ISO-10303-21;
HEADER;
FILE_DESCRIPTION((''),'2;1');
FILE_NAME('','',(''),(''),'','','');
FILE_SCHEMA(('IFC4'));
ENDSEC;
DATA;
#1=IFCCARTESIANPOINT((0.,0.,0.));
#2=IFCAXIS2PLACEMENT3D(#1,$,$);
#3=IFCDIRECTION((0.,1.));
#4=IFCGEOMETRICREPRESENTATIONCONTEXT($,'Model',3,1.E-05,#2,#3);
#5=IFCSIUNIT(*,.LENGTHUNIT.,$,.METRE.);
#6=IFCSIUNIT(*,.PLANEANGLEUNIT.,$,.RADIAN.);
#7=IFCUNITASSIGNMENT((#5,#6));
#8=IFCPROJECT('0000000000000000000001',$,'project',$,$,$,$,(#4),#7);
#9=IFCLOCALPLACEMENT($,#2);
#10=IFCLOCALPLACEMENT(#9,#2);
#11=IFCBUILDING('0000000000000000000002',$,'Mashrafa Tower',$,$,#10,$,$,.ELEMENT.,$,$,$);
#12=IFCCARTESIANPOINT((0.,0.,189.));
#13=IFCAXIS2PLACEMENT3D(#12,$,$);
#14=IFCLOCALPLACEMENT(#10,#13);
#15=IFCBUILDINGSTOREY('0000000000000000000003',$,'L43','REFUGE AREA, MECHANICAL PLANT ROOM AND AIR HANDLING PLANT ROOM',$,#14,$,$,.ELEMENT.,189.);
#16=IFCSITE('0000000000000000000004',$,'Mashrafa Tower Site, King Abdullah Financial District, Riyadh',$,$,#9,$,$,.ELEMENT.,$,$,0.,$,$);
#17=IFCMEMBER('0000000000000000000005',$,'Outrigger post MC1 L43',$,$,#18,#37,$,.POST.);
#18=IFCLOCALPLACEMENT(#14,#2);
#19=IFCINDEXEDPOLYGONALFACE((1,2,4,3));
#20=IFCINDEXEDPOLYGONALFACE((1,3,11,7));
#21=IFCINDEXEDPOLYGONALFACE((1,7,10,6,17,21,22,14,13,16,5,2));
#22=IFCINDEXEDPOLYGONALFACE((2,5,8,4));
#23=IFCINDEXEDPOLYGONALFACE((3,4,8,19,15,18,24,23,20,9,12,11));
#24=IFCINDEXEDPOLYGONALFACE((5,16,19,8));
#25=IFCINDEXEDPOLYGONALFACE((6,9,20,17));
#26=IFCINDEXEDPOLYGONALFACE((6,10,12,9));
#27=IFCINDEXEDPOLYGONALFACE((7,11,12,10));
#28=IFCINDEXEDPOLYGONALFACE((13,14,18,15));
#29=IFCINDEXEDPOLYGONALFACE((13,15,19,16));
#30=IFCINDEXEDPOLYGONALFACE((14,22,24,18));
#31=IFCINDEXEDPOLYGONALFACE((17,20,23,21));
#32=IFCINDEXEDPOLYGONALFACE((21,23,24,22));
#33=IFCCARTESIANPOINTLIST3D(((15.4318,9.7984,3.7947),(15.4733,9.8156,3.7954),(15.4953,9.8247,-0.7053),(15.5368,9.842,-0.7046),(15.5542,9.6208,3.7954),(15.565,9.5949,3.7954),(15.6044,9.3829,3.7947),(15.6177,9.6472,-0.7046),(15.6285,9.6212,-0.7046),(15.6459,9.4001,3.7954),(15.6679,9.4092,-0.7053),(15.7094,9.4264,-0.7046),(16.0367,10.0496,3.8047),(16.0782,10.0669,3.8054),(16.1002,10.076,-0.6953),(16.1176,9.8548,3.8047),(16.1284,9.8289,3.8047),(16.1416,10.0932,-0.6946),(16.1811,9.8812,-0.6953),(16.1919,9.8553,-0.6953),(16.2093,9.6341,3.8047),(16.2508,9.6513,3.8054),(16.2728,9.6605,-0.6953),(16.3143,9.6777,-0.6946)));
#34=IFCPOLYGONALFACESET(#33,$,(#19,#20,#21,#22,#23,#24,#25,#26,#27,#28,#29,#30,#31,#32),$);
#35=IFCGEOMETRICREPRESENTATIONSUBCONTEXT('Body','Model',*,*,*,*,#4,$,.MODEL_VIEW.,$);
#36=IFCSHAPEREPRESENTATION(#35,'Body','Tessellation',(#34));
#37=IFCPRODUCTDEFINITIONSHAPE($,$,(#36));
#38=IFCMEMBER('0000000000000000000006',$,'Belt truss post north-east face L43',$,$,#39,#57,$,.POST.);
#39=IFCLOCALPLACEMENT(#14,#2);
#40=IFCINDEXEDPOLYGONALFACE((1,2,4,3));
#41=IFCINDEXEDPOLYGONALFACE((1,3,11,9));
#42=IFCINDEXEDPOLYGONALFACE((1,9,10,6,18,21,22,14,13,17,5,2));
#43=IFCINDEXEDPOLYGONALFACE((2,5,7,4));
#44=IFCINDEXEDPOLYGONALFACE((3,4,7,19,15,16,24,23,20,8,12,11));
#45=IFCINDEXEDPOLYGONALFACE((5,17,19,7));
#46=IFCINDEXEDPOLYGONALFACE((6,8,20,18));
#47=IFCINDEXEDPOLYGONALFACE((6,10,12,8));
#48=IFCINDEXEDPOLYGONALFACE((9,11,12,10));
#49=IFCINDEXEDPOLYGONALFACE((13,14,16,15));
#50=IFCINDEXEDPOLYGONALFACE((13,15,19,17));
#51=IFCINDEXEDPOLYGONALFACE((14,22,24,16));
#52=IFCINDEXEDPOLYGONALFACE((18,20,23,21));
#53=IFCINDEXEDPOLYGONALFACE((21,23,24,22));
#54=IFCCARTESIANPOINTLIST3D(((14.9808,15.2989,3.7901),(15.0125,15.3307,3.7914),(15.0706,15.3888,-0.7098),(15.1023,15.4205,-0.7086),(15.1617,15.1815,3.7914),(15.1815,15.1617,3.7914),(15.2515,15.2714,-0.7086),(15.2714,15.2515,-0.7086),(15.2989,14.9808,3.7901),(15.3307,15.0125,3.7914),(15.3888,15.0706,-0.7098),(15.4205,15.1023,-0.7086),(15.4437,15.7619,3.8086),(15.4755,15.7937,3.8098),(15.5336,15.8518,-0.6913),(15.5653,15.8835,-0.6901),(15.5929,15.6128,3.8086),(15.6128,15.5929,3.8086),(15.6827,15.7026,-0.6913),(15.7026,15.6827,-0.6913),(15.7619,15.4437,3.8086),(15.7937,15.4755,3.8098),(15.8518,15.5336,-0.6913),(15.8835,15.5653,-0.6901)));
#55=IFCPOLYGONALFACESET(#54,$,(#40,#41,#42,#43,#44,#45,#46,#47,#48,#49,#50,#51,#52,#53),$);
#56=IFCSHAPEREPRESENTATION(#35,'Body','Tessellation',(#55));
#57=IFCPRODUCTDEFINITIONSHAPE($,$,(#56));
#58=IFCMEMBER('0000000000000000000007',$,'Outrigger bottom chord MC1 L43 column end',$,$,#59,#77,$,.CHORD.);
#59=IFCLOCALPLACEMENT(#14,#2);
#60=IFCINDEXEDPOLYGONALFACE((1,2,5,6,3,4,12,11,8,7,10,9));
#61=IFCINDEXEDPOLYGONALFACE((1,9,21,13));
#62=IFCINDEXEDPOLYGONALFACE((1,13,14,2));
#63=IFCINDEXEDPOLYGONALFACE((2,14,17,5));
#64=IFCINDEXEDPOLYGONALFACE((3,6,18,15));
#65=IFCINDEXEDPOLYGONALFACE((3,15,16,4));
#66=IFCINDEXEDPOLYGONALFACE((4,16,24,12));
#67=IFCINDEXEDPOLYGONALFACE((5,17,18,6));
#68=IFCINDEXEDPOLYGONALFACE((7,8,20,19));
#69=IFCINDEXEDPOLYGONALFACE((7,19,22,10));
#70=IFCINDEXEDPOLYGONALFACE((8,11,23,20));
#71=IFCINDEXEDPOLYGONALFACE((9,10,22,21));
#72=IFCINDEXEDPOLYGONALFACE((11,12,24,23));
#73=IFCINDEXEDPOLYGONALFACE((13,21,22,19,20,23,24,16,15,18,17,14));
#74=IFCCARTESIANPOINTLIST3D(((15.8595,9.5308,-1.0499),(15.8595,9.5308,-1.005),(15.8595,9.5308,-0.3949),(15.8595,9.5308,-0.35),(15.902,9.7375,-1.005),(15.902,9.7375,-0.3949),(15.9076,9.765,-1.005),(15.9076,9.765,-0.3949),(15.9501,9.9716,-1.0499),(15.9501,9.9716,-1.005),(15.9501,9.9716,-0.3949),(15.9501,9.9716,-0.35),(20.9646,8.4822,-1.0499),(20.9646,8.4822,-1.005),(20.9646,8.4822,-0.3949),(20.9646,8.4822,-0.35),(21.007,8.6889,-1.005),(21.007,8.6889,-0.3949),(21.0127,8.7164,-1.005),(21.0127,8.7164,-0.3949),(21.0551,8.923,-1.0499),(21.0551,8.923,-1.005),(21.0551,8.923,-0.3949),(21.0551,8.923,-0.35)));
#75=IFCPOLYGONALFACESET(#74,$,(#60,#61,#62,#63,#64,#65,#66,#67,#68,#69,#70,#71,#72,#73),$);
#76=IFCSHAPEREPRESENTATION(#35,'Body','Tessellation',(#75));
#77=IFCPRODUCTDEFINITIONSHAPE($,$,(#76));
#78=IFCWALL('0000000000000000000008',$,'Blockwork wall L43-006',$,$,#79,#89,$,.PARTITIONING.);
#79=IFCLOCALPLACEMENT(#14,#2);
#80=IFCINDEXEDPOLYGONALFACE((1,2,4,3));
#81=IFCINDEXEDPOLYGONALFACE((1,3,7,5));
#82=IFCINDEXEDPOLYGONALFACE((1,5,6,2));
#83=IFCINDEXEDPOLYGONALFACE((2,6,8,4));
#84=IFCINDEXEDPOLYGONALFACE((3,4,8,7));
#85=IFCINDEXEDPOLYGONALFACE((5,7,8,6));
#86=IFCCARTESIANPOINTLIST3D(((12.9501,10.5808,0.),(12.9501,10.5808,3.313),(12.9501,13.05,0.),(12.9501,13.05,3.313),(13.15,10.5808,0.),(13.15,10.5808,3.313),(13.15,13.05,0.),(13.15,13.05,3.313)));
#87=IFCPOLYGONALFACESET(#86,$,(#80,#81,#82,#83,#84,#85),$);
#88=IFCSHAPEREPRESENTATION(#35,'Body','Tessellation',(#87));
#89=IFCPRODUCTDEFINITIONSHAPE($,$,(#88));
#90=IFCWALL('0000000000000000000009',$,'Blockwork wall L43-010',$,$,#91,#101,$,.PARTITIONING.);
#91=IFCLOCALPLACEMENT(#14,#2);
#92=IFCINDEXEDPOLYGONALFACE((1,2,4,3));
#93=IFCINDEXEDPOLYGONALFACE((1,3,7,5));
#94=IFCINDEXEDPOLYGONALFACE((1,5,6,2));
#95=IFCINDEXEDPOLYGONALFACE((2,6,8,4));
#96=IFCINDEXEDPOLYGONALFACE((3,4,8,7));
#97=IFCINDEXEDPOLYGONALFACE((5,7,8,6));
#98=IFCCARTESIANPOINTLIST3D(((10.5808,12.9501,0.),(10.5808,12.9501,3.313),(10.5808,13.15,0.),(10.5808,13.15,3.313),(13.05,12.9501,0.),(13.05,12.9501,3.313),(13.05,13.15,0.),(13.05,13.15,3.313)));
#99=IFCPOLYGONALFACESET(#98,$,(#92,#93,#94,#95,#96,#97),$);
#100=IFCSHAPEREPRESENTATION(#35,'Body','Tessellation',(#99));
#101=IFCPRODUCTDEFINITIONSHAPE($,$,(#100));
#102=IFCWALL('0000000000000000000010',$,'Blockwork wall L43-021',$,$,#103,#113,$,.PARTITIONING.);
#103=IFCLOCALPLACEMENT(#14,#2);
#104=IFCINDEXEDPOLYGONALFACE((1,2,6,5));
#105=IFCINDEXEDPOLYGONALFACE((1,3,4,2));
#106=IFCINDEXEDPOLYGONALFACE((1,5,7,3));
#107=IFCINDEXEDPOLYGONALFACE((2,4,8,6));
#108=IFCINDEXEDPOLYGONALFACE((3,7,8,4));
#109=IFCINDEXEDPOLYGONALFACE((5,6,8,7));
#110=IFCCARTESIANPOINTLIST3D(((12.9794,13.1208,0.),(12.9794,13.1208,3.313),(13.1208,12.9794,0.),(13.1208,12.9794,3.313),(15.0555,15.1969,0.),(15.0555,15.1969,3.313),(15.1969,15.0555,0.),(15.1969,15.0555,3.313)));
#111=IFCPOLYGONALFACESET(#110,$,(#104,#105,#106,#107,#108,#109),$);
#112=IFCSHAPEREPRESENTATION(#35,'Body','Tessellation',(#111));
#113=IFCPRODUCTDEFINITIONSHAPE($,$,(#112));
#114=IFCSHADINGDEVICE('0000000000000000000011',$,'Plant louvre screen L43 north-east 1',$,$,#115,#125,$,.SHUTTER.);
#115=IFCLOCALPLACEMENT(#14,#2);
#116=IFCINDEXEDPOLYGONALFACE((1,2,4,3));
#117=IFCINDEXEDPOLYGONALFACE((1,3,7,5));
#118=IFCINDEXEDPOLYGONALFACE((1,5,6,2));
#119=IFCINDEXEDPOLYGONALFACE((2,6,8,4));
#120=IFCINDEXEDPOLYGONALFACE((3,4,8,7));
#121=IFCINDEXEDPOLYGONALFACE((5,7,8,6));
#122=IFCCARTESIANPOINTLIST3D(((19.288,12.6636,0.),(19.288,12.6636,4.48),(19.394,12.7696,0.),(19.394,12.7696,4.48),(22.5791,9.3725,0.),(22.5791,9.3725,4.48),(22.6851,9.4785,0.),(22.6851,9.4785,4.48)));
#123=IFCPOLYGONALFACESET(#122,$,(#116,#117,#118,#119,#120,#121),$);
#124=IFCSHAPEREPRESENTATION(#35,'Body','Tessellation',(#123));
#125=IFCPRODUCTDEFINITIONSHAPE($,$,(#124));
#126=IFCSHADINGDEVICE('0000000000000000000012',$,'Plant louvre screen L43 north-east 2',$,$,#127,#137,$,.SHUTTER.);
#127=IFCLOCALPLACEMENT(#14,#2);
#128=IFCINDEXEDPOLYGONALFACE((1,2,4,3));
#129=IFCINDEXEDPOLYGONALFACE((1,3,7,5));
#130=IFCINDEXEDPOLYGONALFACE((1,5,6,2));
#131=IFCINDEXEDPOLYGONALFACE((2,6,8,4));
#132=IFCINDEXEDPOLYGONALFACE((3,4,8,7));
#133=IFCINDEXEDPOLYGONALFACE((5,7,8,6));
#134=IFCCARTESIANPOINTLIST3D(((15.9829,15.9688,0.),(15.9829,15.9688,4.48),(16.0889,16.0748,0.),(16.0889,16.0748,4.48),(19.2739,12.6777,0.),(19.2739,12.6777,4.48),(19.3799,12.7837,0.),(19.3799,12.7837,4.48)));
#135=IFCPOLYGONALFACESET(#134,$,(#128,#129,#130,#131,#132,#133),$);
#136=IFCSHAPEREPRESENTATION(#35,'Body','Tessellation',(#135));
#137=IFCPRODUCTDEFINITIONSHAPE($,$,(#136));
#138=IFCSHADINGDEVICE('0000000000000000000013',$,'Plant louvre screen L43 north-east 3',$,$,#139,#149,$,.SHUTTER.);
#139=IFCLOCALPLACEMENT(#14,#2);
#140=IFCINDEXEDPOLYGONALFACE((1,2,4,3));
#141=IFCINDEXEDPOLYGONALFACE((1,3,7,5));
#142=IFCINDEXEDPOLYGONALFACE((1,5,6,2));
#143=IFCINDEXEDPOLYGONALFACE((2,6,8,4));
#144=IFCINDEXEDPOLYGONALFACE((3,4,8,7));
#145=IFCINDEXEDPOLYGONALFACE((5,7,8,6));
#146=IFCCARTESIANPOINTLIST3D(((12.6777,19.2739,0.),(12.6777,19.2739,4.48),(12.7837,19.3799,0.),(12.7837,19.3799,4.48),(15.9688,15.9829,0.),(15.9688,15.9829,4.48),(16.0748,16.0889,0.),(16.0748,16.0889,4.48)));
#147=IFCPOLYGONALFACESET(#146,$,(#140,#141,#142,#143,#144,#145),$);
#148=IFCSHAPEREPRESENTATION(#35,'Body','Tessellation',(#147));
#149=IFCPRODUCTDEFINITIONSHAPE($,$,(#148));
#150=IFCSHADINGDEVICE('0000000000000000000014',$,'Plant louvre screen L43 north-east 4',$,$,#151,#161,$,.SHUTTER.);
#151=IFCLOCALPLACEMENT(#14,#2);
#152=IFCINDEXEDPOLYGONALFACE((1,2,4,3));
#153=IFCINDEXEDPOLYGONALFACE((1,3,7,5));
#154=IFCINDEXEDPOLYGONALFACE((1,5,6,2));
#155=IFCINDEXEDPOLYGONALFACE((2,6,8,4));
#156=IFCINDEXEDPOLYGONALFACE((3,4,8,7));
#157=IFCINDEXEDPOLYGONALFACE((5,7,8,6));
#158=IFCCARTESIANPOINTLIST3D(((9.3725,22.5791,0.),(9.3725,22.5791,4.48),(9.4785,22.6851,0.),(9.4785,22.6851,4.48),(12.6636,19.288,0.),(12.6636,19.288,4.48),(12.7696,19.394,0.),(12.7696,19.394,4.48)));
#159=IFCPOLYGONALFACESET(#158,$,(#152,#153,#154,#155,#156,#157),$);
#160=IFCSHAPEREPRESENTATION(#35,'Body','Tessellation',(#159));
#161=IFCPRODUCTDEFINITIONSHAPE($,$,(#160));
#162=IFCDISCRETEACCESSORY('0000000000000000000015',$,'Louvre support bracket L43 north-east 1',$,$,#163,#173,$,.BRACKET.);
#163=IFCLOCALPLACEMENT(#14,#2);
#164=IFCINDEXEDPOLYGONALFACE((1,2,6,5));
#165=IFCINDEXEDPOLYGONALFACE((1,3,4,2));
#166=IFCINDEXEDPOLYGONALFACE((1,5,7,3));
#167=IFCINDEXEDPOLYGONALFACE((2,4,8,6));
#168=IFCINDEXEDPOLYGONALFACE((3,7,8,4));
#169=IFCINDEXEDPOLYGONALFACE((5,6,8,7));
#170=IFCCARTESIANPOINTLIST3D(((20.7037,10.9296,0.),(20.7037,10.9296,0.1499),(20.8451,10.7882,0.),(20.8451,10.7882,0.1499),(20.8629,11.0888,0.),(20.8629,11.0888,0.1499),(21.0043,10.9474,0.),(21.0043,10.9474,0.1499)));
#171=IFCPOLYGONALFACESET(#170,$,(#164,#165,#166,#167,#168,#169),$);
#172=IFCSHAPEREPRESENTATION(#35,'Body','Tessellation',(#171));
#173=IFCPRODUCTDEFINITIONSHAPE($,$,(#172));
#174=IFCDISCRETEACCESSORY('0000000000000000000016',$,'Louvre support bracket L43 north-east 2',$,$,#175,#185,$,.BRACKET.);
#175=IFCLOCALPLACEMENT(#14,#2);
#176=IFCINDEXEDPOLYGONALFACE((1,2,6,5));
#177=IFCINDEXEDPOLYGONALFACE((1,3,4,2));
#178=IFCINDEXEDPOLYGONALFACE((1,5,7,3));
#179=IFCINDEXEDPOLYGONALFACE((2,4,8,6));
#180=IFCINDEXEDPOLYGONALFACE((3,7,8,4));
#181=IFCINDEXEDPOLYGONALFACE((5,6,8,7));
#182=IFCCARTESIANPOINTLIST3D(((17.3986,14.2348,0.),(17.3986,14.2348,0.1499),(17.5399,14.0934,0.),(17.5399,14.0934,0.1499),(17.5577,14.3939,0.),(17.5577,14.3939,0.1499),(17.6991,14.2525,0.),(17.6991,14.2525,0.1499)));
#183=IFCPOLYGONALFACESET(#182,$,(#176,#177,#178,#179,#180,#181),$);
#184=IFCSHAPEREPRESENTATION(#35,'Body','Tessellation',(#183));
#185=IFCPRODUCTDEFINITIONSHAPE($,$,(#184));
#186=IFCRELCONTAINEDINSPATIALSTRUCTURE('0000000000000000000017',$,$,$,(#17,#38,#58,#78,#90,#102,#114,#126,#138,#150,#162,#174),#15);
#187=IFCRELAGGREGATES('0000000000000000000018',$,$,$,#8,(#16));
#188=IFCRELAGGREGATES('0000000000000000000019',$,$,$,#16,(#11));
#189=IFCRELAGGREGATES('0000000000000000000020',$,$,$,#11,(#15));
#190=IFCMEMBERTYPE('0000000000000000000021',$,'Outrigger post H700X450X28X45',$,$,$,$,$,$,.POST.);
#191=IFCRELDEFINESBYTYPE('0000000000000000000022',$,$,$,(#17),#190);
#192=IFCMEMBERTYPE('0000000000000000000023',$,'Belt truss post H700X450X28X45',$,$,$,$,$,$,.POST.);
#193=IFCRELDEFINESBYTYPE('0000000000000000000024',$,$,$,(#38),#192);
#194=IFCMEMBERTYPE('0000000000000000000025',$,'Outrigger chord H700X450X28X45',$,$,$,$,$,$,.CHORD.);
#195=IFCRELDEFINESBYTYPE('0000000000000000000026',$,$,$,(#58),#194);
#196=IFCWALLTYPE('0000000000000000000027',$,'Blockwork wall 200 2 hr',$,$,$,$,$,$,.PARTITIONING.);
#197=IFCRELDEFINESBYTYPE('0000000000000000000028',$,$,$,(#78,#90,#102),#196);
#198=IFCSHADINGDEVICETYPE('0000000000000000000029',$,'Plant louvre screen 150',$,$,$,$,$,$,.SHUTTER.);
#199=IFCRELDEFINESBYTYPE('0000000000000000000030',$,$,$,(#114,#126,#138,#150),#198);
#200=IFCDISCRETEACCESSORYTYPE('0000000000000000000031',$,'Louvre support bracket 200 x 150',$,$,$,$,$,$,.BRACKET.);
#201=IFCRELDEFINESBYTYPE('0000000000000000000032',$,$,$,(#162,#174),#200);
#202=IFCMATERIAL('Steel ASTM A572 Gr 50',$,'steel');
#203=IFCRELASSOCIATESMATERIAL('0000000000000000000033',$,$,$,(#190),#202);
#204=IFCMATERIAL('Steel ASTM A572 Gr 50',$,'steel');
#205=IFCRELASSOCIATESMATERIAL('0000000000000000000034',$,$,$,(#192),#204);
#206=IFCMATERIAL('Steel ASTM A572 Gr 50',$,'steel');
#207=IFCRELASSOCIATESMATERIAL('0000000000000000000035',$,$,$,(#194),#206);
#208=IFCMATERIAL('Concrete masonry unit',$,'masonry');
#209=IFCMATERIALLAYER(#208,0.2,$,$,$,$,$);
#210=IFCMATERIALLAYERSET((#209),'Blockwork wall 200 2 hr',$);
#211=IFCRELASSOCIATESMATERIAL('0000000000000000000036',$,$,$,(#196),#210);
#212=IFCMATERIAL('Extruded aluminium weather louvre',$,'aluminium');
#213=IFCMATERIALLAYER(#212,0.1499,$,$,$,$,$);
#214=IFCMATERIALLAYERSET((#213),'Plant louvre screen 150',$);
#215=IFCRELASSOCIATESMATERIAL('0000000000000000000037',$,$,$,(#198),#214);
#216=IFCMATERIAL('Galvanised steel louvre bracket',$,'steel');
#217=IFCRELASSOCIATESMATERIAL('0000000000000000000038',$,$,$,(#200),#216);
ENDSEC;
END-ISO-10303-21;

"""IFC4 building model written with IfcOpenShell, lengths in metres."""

from ifc_helpers import new_model, si_unit, direction, frame, frame_2d, origin, origin_2d, place, context, subcontext, project, spatial, rectangle, i_section, extrude, source, transform, mapped, material, layer, layer_set, material_profile, profile_set, type_object, type_shapes, element, save


model = new_model("IFC4")

# Units and contexts
model_context = context("Model", 3, precision=1e-05, world=origin(), true_north=direction((0.0, 1.0)))
body_context = subcontext(model_context, "Body", "Model", "MODEL_VIEW")
ifc_project = project(units=[si_unit("LENGTHUNIT", "METRE"), si_unit("PLANEANGLEUNIT", "RADIAN")], contexts=[model_context])

# Site, building, storey
site_placement = place(None, origin())
site = spatial("IfcSite", under=ifc_project, at=site_placement, Name="Mashrafa Tower Site, King Abdullah Financial District, Riyadh", CompositionType="ELEMENT", RefElevation=0.0)
building_placement = place(site_placement, origin())
building = spatial("IfcBuilding", under=site, at=building_placement, Name="Mashrafa Tower", CompositionType="ELEMENT")
storey_placement = place(building_placement, frame((0.0, 0.0, 189.0)))
storey = spatial("IfcBuildingStorey", under=building, at=storey_placement, Name="L43", Description="REFUGE AREA, MECHANICAL PLANT ROOM AND AIR HANDLING PLANT ROOM", CompositionType="ELEMENT", Elevation=189.0)

# Members
ifc_material_1 = material(Name="Steel ASTM A572 Gr 50", Category="steel")
ifc_material_profile_1 = material_profile(ifc_material_1, i_section(OverallWidth=0.45, OverallDepth=0.7, WebThickness=0.0281, FlangeThickness=0.0449, at=origin_2d()), Name="H700X450X28X45")
ifc_profile_set_1 = profile_set([ifc_material_profile_1], Name="Steel ASTM A572 Gr 50")
member_type_1 = type_object("IfcMemberType", Name="Outrigger post H700X450X28X45", PredefinedType="POST", material=ifc_profile_set_1)
shared_shape_1 = source(origin(), body_context, "Body", "SweptSolid", [
    extrude(i_section(OverallWidth=0.45, OverallDepth=0.7, WebThickness=0.0281, FlangeThickness=0.0449, at=origin_2d()), origin(), (0.0, 0.0, 1.0), 4.5005),
])
type_shapes(member_type_1, [shared_shape_1])
member_1_placement = place(storey_placement, frame((15.9048, 9.7512, -0.7), z_axis=(-0.014104, -0.005859, 0.999883), x_axis=(0.383606, -0.923497, 0.0)))
element("IfcMember", 1, at=member_1_placement, inside=storey, type_object=member_type_1, Name="Outrigger post MC1 L43", PredefinedType="POST", context=body_context, shape_type="MappedRepresentation", body=[
    mapped(shared_shape_1, transform((0.0, 0.0, 0.0))),
])
ifc_material_2 = material(Name="Steel ASTM A572 Gr 50", Category="steel")
ifc_material_profile_2 = material_profile(ifc_material_2, i_section(OverallWidth=0.45, OverallDepth=0.7, WebThickness=0.0281, FlangeThickness=0.0449, at=origin_2d()), Name="H700X450X28X45")
ifc_profile_set_2 = profile_set([ifc_material_profile_2], Name="Steel ASTM A572 Gr 50")
member_type_2 = type_object("IfcMemberType", Name="Belt truss post H700X450X28X45", PredefinedType="POST", material=ifc_profile_set_2)
shared_shape_2 = source(origin(), body_context, "Body", "SweptSolid", [
    extrude(i_section(OverallWidth=0.45, OverallDepth=0.7, WebThickness=0.0281, FlangeThickness=0.0449, at=origin_2d()), origin(), (0.0, 0.0, 1.0), 4.5017),
])
type_shapes(member_type_2, [shared_shape_2])
member_2_placement = place(storey_placement, frame((15.4771, 15.4771, -0.7), z_axis=(-0.019957, -0.019957, 0.999602), x_axis=(0.707107, -0.707107, 0.0)))
element("IfcMember", 2, at=member_2_placement, inside=storey, type_object=member_type_2, Name="Belt truss post north-east face L43", PredefinedType="POST", context=body_context, shape_type="MappedRepresentation", body=[
    mapped(shared_shape_2, transform((0.0, 0.0, 0.0))),
])
ifc_material_3 = material(Name="Steel ASTM A572 Gr 50", Category="steel")
ifc_material_profile_3 = material_profile(ifc_material_3, i_section(OverallWidth=0.45, OverallDepth=0.7, WebThickness=0.0281, FlangeThickness=0.0449, at=origin_2d()), Name="H700X450X28X45")
ifc_profile_set_3 = profile_set([ifc_material_profile_3], Name="Steel ASTM A572 Gr 50")
member_type_3 = type_object("IfcMemberType", Name="Outrigger chord H700X450X28X45", PredefinedType="CHORD", material=ifc_profile_set_3)
shared_shape_3 = source(origin(), body_context, "Body", "SweptSolid", [
    extrude(i_section(OverallWidth=0.45, OverallDepth=0.7, WebThickness=0.0281, FlangeThickness=0.0449, at=origin_2d()), origin(), (0.0, 0.0, 1.0), 5.2117),
])
type_shapes(member_type_3, [shared_shape_3])
member_3_placement = place(storey_placement, frame((15.9048, 9.7512, -0.7), z_axis=(0.979549, -0.201203, 0.0), x_axis=(0.201203, 0.979549, 0.0)))
element("IfcMember", 3, at=member_3_placement, inside=storey, type_object=member_type_3, Name="Outrigger bottom chord MC1 L43 column end", PredefinedType="CHORD", context=body_context, shape_type="MappedRepresentation", body=[
    mapped(shared_shape_3, transform((0.0, 0.0, 0.0))),
])

# Walls
ifc_material_4 = material(Name="Concrete masonry unit", Category="masonry")
ifc_layer_1 = layer(ifc_material_4, 0.2)
ifc_layer_set_1 = layer_set([ifc_layer_1], Name="Blockwork wall 200 2 hr")
wall_type = type_object("IfcWallType", Name="Blockwork wall 200 2 hr", PredefinedType="PARTITIONING", material=ifc_layer_set_1)
for number, where, z_axis, x_axis, name in (
    (4, (13.05, 10.5808, 0.0), (0.0, 0.0, 1.0), (0.0, 1.0, 0.0), "Blockwork wall L43-006"),
    (5, (13.05, 13.05, 0.0), (0.0, 0.0, 1.0), (-1.0, 0.0, 0.0), "Blockwork wall L43-010"),
):
    element("IfcWall", number, at=place(storey_placement, frame(where, z_axis=z_axis, x_axis=x_axis)), inside=storey, type_object=wall_type, Name=name, PredefinedType="PARTITIONING", context=body_context, shape_type="SweptSolid", body=[
        extrude(rectangle(XDim=2.4692, YDim=0.2, at=frame_2d((1.2346, 0.0))), origin(), (0.0, 0.0, 1.0), 3.313),
    ])
wall_placement = place(storey_placement, frame((15.1262, 15.1262, 0.0), z_axis=(0.0, 0.0, 1.0), x_axis=(-0.707107, -0.707107, 0.0)))
element("IfcWall", 6, at=wall_placement, inside=storey, type_object=wall_type, Name="Blockwork wall L43-021", PredefinedType="PARTITIONING", context=body_context, shape_type="SweptSolid", body=[
    extrude(rectangle(XDim=2.936, YDim=0.2, at=frame_2d((1.468, 0.0))), origin(), (0.0, 0.0, 1.0), 3.313),
])

# Shading devices
ifc_material_5 = material(Name="Extruded aluminium weather louvre", Category="aluminium")
ifc_layer_2 = layer(ifc_material_5, 0.1499)
ifc_layer_set_2 = layer_set([ifc_layer_2], Name="Plant louvre screen 150")
shading_device_type = type_object("IfcShadingDeviceType", Name="Plant louvre screen 150", PredefinedType="SHUTTER", material=ifc_layer_set_2)
shared_shape_4 = source(origin(), body_context, "Body", "SweptSolid", [
    extrude(rectangle(XDim=4.6543, YDim=0.1499, at=origin_2d()), origin(), (0.0, 0.0, 1.0), 4.48),
])
type_shapes(shading_device_type, [shared_shape_4])
for number, where, z_axis, x_axis, name in (
    (7, (20.9866, 11.071, 0.0), (0.0, 0.0, 1.0), (-0.707107, 0.707107, 0.0), "Plant louvre screen L43 north-east 1"),
    (8, (17.6814, 14.3762, 0.0), (0.0, 0.0, 1.0), (-0.707107, 0.707107, 0.0), "Plant louvre screen L43 north-east 2"),
    (9, (14.3762, 17.6814, 0.0), (0.0, 0.0, 1.0), (-0.707107, 0.707107, 0.0), "Plant louvre screen L43 north-east 3"),
    (10, (11.071, 20.9866, 0.0), (0.0, 0.0, 1.0), (-0.707107, 0.707107, 0.0), "Plant louvre screen L43 north-east 4"),
):
    element("IfcShadingDevice", number, at=place(storey_placement, frame(where, z_axis=z_axis, x_axis=x_axis)), inside=storey, type_object=shading_device_type, Name=name, PredefinedType="SHUTTER", context=body_context, shape_type="MappedRepresentation", body=[
        mapped(shared_shape_4, transform((0.0, 0.0, 0.0))),
    ])

# Discrete accessories
ifc_material_6 = material(Name="Galvanised steel louvre bracket", Category="steel")
discrete_accessory_type = type_object("IfcDiscreteAccessoryType", Name="Louvre support bracket 200 x 150", PredefinedType="BRACKET", material=ifc_material_6)
shared_shape_5 = source(origin(), body_context, "Body", "SweptSolid", [
    extrude(rectangle(XDim=0.2, YDim=0.2251, at=origin_2d()), origin(), (0.0, 0.0, 1.0), 0.1499),
])
type_shapes(discrete_accessory_type, [shared_shape_5])
for number, where, z_axis, x_axis, name in (
    (11, (20.854, 10.9385, 0.0), (0.0, 0.0, 1.0), (-0.707107, 0.707107, 0.0), "Louvre support bracket L43 north-east 1"),
    (12, (17.5488, 14.2437, 0.0), (0.0, 0.0, 1.0), (-0.707107, 0.707107, 0.0), "Louvre support bracket L43 north-east 2"),
):
    element("IfcDiscreteAccessory", number, at=place(storey_placement, frame(where, z_axis=z_axis, x_axis=x_axis)), inside=storey, type_object=discrete_accessory_type, Name=name, PredefinedType="BRACKET", context=body_context, shape_type="MappedRepresentation", body=[
        mapped(shared_shape_5, transform((0.0, 0.0, 0.0))),
    ])

save(model, "model.ifc")
